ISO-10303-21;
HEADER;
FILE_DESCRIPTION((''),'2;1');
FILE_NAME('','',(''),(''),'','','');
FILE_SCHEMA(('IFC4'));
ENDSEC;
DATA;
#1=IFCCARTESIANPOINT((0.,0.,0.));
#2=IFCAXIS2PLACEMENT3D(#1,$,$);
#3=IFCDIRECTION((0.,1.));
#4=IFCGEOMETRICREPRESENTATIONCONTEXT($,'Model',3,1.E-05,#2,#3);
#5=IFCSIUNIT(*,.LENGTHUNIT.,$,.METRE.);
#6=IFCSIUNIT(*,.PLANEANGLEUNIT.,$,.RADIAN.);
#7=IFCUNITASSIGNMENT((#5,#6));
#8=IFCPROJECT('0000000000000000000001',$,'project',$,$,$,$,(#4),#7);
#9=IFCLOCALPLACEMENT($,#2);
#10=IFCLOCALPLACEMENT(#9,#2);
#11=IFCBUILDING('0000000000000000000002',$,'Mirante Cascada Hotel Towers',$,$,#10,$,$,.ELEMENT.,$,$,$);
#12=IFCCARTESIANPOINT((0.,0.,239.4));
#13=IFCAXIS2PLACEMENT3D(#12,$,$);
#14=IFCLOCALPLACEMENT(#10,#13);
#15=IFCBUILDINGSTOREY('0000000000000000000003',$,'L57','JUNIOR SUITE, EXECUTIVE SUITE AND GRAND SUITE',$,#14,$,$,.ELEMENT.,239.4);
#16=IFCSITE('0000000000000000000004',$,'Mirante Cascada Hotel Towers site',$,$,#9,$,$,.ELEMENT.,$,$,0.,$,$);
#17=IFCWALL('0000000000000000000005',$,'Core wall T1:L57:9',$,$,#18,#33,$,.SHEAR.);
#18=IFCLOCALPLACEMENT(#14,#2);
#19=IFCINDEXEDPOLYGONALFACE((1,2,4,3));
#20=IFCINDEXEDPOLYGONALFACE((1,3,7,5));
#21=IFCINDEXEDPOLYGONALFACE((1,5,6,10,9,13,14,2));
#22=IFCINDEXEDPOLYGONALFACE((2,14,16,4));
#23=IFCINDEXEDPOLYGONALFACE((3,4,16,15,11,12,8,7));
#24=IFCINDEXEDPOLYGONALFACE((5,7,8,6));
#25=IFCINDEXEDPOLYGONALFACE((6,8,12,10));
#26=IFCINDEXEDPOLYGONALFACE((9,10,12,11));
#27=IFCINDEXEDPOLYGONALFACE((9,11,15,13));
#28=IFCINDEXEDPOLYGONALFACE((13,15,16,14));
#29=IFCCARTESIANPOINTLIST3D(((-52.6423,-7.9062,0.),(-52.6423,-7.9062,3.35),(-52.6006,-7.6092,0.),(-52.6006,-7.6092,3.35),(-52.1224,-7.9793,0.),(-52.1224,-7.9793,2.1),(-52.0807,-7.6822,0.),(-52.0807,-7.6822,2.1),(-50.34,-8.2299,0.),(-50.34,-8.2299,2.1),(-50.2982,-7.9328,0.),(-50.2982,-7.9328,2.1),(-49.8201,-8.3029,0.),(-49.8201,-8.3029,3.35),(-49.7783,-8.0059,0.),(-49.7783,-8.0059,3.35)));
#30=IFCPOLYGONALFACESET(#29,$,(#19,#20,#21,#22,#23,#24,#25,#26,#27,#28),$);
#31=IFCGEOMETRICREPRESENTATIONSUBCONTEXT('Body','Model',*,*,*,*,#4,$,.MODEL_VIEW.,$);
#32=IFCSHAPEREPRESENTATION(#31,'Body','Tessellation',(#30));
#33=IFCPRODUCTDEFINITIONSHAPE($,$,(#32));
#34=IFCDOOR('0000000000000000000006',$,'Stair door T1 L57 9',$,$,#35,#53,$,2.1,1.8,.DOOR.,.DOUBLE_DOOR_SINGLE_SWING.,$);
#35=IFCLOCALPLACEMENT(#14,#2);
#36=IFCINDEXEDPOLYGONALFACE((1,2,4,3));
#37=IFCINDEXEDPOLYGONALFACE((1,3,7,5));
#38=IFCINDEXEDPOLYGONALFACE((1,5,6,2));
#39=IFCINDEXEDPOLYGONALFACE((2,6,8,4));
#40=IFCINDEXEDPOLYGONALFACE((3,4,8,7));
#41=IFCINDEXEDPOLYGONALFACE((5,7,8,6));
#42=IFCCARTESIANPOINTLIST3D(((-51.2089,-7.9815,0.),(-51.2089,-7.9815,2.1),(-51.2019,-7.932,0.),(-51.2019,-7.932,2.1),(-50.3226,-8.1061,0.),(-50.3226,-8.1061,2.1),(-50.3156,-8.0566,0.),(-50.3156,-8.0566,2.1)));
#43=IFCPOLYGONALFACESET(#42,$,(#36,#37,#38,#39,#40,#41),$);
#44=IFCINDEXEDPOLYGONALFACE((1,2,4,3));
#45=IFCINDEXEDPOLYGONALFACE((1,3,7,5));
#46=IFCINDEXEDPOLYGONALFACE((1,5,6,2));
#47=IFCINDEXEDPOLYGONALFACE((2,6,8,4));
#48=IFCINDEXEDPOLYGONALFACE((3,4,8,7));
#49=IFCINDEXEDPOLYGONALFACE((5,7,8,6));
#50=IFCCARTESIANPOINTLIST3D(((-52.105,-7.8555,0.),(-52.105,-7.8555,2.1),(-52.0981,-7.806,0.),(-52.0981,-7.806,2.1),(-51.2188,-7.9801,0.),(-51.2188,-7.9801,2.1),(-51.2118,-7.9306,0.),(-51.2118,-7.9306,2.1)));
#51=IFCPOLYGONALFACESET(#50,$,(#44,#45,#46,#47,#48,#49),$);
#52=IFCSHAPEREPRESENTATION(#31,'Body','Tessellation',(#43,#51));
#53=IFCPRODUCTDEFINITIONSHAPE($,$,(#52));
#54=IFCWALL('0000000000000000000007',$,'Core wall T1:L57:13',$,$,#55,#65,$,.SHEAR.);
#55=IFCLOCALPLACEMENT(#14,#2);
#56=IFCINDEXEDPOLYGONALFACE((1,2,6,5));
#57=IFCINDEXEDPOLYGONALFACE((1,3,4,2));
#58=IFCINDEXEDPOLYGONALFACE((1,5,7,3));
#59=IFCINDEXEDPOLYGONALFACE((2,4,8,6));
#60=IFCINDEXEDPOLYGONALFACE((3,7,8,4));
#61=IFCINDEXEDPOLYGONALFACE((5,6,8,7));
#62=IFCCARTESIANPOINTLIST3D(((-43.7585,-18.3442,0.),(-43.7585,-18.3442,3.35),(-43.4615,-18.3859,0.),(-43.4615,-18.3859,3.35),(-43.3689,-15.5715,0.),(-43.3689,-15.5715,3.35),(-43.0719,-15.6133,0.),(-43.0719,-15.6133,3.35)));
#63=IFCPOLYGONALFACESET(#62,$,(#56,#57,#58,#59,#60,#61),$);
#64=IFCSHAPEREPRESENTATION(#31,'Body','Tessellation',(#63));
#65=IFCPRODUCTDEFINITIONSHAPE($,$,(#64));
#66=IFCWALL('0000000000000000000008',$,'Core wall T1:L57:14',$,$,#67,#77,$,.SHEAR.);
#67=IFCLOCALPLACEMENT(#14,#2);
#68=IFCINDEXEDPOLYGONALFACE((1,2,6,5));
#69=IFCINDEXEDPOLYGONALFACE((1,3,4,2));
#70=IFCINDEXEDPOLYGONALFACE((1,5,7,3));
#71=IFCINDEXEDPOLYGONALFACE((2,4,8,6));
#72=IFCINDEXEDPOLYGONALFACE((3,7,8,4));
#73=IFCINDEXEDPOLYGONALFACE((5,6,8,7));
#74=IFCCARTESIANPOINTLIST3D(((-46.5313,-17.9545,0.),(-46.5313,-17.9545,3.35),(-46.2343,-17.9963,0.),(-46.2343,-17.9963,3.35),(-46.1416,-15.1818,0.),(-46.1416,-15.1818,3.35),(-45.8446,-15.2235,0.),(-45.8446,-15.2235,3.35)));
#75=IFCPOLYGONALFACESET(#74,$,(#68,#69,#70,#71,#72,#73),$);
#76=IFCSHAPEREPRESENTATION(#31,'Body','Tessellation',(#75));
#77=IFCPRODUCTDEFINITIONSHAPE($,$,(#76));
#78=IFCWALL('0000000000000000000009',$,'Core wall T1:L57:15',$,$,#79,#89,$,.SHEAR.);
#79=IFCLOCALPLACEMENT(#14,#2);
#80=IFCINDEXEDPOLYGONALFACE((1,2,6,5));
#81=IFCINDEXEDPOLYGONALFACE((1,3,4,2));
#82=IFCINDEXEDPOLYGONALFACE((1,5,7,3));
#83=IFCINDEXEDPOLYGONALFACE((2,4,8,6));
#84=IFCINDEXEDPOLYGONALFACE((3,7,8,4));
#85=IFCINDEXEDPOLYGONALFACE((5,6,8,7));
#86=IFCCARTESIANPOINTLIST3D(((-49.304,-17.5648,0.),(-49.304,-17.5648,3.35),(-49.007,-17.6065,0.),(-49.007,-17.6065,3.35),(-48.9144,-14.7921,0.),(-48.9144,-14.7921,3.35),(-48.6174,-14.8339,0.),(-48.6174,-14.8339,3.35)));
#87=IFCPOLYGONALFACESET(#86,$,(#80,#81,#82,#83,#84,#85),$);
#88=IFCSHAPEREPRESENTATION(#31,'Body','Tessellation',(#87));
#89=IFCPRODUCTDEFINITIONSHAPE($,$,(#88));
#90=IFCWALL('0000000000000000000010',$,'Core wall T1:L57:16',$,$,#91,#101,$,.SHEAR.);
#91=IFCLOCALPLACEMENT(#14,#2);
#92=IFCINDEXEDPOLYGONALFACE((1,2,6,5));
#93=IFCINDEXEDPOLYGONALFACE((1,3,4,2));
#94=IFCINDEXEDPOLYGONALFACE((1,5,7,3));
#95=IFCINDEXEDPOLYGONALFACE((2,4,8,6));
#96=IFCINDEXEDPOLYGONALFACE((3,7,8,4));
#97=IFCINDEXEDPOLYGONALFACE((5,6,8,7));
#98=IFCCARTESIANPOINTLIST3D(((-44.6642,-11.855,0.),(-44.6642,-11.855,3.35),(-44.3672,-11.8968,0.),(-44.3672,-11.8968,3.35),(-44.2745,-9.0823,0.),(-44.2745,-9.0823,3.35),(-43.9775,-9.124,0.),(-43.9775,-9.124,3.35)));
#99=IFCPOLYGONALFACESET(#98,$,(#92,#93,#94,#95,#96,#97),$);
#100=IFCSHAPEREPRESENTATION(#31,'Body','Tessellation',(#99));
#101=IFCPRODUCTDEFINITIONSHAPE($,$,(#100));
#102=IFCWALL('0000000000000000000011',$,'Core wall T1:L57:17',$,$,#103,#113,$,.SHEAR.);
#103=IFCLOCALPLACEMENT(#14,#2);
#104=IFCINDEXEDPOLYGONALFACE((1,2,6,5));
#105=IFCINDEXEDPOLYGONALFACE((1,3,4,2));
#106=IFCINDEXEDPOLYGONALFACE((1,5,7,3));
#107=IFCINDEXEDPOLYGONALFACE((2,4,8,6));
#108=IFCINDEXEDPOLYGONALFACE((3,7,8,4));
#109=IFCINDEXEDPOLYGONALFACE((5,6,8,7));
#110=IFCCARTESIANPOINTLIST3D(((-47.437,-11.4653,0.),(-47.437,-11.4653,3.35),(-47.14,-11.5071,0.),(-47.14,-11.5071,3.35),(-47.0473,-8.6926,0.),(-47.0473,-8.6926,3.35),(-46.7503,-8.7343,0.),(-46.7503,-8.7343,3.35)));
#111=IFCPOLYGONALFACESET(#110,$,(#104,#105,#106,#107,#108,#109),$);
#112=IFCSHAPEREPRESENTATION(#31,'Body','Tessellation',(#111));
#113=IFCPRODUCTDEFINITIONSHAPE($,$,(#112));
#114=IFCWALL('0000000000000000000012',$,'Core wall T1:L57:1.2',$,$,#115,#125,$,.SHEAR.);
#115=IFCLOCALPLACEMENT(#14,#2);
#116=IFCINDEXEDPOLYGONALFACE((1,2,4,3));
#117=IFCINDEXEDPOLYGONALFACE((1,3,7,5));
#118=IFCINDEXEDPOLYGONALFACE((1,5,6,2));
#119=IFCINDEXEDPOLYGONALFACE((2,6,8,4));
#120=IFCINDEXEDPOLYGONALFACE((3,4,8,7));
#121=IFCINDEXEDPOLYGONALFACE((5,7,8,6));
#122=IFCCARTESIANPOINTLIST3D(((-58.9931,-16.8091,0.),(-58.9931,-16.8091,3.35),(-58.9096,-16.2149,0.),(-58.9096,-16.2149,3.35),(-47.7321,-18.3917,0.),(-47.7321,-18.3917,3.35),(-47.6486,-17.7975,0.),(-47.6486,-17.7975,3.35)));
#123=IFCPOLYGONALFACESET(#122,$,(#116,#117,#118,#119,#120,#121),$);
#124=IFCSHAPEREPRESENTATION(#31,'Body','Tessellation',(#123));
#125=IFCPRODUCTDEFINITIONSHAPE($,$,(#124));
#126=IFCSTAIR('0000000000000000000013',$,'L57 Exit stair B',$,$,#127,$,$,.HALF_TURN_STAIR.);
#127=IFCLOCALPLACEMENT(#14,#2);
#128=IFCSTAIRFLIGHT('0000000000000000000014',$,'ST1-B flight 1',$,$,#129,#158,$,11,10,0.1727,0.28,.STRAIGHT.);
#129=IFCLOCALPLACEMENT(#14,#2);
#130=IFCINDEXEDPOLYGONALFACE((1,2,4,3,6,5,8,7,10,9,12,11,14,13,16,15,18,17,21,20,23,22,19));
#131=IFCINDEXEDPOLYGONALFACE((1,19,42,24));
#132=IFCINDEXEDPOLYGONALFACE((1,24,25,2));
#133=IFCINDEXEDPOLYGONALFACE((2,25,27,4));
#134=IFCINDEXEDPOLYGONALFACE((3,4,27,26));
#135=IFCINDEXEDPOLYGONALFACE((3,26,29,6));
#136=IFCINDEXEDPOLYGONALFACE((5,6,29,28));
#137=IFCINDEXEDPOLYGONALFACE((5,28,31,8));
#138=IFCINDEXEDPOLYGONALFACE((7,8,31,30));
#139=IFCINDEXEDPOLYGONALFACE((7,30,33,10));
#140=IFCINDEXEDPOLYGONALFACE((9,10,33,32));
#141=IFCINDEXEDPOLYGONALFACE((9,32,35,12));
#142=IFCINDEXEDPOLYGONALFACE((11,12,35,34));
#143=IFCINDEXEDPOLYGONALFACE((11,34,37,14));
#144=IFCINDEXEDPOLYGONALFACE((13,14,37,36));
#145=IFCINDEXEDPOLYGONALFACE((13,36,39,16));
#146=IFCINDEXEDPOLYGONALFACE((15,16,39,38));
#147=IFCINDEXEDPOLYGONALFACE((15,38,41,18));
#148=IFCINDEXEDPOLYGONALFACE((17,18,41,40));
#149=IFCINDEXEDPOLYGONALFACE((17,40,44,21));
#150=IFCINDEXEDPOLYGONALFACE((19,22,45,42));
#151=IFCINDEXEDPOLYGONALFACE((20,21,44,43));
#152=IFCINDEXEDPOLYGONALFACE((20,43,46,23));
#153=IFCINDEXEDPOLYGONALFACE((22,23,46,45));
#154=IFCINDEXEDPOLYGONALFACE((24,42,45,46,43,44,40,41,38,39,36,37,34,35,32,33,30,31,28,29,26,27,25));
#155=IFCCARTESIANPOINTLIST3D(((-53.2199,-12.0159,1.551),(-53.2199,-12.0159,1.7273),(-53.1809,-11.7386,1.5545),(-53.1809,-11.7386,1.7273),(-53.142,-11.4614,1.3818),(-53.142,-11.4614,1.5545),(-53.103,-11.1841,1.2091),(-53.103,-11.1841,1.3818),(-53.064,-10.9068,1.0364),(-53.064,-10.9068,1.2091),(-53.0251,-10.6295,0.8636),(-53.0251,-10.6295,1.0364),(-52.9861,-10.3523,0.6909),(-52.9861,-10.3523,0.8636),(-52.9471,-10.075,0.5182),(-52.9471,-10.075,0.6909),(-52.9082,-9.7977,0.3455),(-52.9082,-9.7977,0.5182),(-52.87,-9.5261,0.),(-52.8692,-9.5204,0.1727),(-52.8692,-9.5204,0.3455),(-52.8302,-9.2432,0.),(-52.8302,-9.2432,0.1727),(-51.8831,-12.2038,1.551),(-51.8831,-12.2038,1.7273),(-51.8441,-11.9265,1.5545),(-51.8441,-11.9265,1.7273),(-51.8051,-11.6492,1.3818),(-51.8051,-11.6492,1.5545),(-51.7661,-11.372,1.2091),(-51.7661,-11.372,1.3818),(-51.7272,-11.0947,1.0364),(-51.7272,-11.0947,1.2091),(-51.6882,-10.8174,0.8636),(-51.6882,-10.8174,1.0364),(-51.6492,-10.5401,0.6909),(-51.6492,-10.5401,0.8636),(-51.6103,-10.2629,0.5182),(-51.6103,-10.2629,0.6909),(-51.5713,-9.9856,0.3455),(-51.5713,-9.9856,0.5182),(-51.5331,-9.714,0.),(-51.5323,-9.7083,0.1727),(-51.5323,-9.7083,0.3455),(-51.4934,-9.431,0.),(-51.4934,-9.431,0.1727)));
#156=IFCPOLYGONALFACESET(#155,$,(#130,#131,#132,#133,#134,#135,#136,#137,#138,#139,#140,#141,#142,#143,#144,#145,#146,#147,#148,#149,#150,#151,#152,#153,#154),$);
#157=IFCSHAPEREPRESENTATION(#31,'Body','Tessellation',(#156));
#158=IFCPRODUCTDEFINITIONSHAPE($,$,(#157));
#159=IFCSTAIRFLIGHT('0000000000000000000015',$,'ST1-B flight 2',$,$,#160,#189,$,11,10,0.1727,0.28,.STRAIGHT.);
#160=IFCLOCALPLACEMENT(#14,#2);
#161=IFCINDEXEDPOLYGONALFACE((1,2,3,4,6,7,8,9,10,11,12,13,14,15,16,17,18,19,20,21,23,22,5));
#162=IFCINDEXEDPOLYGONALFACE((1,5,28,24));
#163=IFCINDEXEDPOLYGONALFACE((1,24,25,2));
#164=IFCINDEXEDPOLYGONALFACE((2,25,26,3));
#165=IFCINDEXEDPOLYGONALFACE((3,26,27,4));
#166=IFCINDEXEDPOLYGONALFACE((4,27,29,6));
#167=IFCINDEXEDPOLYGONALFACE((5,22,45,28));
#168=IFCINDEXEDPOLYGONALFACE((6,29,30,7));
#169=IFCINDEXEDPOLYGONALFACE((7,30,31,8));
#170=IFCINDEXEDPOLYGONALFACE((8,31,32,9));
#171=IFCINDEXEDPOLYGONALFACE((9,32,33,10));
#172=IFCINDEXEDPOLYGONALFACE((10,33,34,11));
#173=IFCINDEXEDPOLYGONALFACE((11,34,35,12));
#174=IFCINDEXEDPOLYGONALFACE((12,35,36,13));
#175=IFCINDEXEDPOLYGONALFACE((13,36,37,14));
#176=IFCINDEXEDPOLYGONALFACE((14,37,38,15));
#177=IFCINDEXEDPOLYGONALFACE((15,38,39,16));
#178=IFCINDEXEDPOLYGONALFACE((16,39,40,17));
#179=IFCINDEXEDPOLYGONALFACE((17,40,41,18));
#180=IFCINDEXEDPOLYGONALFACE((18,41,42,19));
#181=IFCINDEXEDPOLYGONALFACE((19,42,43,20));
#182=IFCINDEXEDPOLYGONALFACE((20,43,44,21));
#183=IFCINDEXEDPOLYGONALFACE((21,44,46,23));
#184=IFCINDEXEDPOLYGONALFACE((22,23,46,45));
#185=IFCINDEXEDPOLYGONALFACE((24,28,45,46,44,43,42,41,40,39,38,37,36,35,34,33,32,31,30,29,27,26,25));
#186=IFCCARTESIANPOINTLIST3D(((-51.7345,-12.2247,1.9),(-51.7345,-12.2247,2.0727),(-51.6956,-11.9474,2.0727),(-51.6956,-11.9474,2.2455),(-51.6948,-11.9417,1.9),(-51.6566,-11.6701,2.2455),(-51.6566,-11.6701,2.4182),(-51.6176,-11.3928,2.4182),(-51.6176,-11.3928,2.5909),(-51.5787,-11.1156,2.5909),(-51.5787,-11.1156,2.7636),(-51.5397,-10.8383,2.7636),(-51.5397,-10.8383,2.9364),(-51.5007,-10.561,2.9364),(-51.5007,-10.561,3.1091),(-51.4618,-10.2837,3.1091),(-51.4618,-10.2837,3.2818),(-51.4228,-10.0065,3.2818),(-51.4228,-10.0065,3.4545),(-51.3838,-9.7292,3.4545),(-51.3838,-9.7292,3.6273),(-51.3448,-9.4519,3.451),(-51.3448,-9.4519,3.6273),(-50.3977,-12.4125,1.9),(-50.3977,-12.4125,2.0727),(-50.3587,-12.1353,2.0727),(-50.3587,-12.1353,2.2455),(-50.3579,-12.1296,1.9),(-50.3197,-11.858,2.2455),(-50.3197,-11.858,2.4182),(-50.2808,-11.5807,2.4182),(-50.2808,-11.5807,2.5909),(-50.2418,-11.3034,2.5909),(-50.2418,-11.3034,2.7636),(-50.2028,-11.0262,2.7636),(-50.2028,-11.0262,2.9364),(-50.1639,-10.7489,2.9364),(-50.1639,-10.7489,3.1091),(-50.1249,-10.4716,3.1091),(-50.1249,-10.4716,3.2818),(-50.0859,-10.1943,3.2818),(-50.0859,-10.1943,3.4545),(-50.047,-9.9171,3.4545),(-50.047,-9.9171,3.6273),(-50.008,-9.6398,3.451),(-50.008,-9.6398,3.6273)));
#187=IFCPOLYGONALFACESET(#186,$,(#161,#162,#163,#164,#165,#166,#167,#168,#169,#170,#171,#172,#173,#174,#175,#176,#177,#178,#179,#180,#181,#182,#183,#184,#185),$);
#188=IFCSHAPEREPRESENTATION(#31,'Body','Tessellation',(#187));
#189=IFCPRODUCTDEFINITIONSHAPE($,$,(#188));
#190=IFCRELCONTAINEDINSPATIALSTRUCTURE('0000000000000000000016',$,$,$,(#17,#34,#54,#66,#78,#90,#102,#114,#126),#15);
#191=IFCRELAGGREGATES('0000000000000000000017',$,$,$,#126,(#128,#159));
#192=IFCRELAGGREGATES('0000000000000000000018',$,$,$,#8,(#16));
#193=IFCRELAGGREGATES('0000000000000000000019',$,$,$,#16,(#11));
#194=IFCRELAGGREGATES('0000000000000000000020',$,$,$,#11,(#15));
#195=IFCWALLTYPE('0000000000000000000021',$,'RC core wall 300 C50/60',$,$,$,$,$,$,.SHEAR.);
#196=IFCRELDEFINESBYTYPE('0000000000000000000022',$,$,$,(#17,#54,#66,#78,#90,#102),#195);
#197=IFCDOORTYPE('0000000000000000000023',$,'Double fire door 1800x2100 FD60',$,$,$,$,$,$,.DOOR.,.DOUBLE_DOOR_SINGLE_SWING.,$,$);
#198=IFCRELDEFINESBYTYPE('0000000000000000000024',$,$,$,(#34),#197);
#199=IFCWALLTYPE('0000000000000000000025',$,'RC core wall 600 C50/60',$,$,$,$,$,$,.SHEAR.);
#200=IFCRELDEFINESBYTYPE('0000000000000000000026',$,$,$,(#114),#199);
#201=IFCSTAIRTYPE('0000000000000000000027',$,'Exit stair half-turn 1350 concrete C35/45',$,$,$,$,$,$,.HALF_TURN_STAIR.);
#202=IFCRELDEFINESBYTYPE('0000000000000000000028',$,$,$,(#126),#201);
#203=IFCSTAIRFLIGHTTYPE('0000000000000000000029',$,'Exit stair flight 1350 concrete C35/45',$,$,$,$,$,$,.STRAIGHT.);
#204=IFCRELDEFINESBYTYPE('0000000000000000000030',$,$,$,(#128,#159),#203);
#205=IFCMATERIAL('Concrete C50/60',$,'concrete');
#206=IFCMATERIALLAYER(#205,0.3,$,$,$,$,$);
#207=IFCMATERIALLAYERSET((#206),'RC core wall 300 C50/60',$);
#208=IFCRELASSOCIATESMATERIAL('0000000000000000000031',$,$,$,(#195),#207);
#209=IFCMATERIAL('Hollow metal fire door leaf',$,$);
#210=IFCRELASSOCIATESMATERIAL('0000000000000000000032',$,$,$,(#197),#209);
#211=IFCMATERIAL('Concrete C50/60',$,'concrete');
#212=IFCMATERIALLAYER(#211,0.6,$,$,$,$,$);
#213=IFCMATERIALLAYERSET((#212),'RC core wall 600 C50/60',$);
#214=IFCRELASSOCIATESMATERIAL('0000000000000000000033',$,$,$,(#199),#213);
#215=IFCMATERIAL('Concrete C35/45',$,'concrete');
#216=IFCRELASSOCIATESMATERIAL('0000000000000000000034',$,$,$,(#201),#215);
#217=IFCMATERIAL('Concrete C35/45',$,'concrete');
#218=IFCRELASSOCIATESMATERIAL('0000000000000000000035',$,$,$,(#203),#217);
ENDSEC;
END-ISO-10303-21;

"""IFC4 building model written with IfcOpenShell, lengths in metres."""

from ifc_helpers import new_model, si_unit, direction, frame, frame_2d, origin, place, context, subcontext, project, spatial, polyline, rectangle, outline, extrude, material, layer, layer_set, type_object, element, fill, aggregate, save


model = new_model("IFC4")

# Units and contexts
model_context = context("Model", 3, precision=1e-05, world=origin(), true_north=direction((0.0, 1.0)))
body_context = subcontext(model_context, "Body", "Model", "MODEL_VIEW")
ifc_project = project(units=[si_unit("LENGTHUNIT", "METRE"), si_unit("PLANEANGLEUNIT", "RADIAN")], contexts=[model_context])

# Site, building, storey
site_placement = place(None, origin())
site = spatial("IfcSite", under=ifc_project, at=site_placement, Name="Mirante Cascada Hotel Towers site", CompositionType="ELEMENT", RefElevation=0.0)
building_placement = place(site_placement, origin())
building = spatial("IfcBuilding", under=site, at=building_placement, Name="Mirante Cascada Hotel Towers", CompositionType="ELEMENT")
storey_placement = place(building_placement, frame((0.0, 0.0, 239.4)))
storey = spatial("IfcBuildingStorey", under=building, at=storey_placement, Name="L57", Description="JUNIOR SUITE, EXECUTIVE SUITE AND GRAND SUITE", CompositionType="ELEMENT", Elevation=239.4)

# Shared definitions
ifc_material_1 = material(Name="Concrete C50/60", Category="concrete")
ifc_layer_1 = layer(ifc_material_1, 0.3)
ifc_layer_set_1 = layer_set([ifc_layer_1], Name="RC core wall 300 C50/60")
wall_type_1 = type_object("IfcWallType", Name="RC core wall 300 C50/60", PredefinedType="SHEAR", material=ifc_layer_set_1)

# Wall, opening, door
wall_1_placement = place(storey_placement, frame((-49.7992, -8.1544, 0.0), z_axis=(0.0, 0.0, 1.0), x_axis=(-0.990266, 0.139191, 0.0)))
wall_1 = element("IfcWall", 1, at=wall_1_placement, inside=storey, type_object=wall_type_1, Name="Core wall T1:L57:9", PredefinedType="SHEAR", context=body_context, shape_type="SweptSolid", body=[
    extrude(rectangle(XDim=2.85, YDim=0.3, at=frame_2d((1.425, 0.0))), origin(), (0.0, 0.0, 1.0), 3.35),
])
opening_1_placement = place(wall_1_placement, frame((0.525, 0.0, 0.0)))
opening_1 = element("IfcOpeningElement", 2, at=opening_1_placement, cuts=wall_1, PredefinedType="OPENING", context=body_context, shape_type="SweptSolid", body=[
    extrude(rectangle(XDim=1.8, YDim=2.1, at=frame_2d((0.9, 1.05))), frame((0.0, 0.15, 0.0), z_axis=(0.0, -1.0, 0.0), x_axis=(1.0, 0.0, 0.0)), (0.0, 0.0, 1.0), 0.3),
])
ifc_material_2 = material(Name="Hollow metal fire door leaf")
door_type_1 = type_object("IfcDoorType", Name="Double fire door 1800x2100 FD60", OperationType="DOUBLE_DOOR_SINGLE_SWING", PredefinedType="DOOR", material=ifc_material_2)
door_1_placement = place(opening_1_placement, origin())
door_1 = element("IfcDoor", 3, at=door_1_placement, inside=storey, type_object=door_type_1, Name="Stair door T1 L57 9", OperationType="DOUBLE_DOOR_SINGLE_SWING", OverallHeight=2.1, OverallWidth=1.8, PredefinedType="DOOR", context=body_context, shape_type="SweptSolid", body=[
    extrude(rectangle(XDim=0.895, YDim=2.1, at=frame_2d((0.4475, 1.05))), frame((0.0, 0.025, 0.0), z_axis=(0.0, -1.0, 0.0), x_axis=(1.0, 0.0, 0.0)), (0.0, 0.0, 1.0), 0.05),
    extrude(rectangle(XDim=0.895, YDim=2.1, at=frame_2d((1.3525, 1.05))), frame((0.0, 0.025, 0.0), z_axis=(0.0, -1.0, 0.0), x_axis=(1.0, 0.0, 0.0)), (0.0, 0.0, 1.0), 0.05),
])
fill(opening_1, door_1)

# Walls
wall_2_placement = place(storey_placement, frame((-43.61, -18.3651, 0.0), z_axis=(0.0, 0.0, 1.0), x_axis=(0.139146, 0.990272, 0.0)))
element("IfcWall", 4, at=wall_2_placement, inside=storey, type_object=wall_type_1, Name="Core wall T1:L57:13", PredefinedType="SHEAR", context=body_context, shape_type="SweptSolid", body=[
    extrude(rectangle(XDim=2.7999, YDim=0.3, at=frame_2d((1.4, 0.0))), origin(), (0.0, 0.0, 1.0), 3.35),
])
wall_3_placement = place(storey_placement, frame((-46.3828, -17.9754, 0.0), z_axis=(0.0, 0.0, 1.0), x_axis=(0.139181, 0.990267, 0.0)))
element("IfcWall", 5, at=wall_3_placement, inside=storey, type_object=wall_type_1, Name="Core wall T1:L57:14", PredefinedType="SHEAR", context=body_context, shape_type="SweptSolid", body=[
    extrude(rectangle(XDim=2.8, YDim=0.3, at=frame_2d((1.4, 0.0))), origin(), (0.0, 0.0, 1.0), 3.35),
])
wall_4_placement = place(storey_placement, frame((-49.1555, -17.5857, 0.0), z_axis=(0.0, 0.0, 1.0), x_axis=(0.139146, 0.990272, 0.0)))
element("IfcWall", 6, at=wall_4_placement, inside=storey, type_object=wall_type_1, Name="Core wall T1:L57:15", PredefinedType="SHEAR", context=body_context, shape_type="SweptSolid", body=[
    extrude(rectangle(XDim=2.7999, YDim=0.3, at=frame_2d((1.4, 0.0))), origin(), (0.0, 0.0, 1.0), 3.35),
])
for number, where, z_axis, x_axis, name in (
    (7, (-44.5157, -11.8759, 0.0), (0.0, 0.0, 1.0), (0.139181, 0.990267, 0.0), "Core wall T1:L57:16"),
    (8, (-47.2885, -11.4862, 0.0), (0.0, 0.0, 1.0), (0.139181, 0.990267, 0.0), "Core wall T1:L57:17"),
):
    element("IfcWall", number, at=place(storey_placement, frame(where, z_axis=z_axis, x_axis=x_axis)), inside=storey, type_object=wall_type_1, Name=name, PredefinedType="SHEAR", context=body_context, shape_type="SweptSolid", body=[
        extrude(rectangle(XDim=2.8, YDim=0.3, at=frame_2d((1.4, 0.0))), origin(), (0.0, 0.0, 1.0), 3.35),
    ])
ifc_material_3 = material(Name="Concrete C50/60", Category="concrete")
ifc_layer_2 = layer(ifc_material_3, 0.6)
ifc_layer_set_2 = layer_set([ifc_layer_2], Name="RC core wall 600 C50/60")
wall_type_2 = type_object("IfcWallType", Name="RC core wall 600 C50/60", PredefinedType="SHEAR", material=ifc_layer_set_2)
wall_5_placement = place(storey_placement, frame((-47.6904, -18.0946, 0.0), z_axis=(0.0, 0.0, 1.0), x_axis=(-0.990268, 0.139171, 0.0)))
element("IfcWall", 9, at=wall_5_placement, inside=storey, type_object=wall_type_2, Name="Core wall T1:L57:1.2", PredefinedType="SHEAR", context=body_context, shape_type="SweptSolid", body=[
    extrude(rectangle(XDim=11.3717, YDim=0.6, at=frame_2d((5.6858, 0.0))), origin(), (0.0, 0.0, 1.0), 3.35),
])

# Stair, stair flights
ifc_material_4 = material(Name="Concrete C35/45", Category="concrete")
stair_type = type_object("IfcStairType", Name="Exit stair half-turn 1350 concrete C35/45", PredefinedType="HALF_TURN_STAIR", material=ifc_material_4)
stair_placement = place(storey_placement, origin())
stair = element("IfcStair", 10, at=stair_placement, inside=storey, type_object=stair_type, Name="L57 Exit stair B", PredefinedType="HALF_TURN_STAIR")
ifc_material_5 = material(Name="Concrete C35/45", Category="concrete")
stair_flight_type = type_object("IfcStairFlightType", Name="Exit stair flight 1350 concrete C35/45", PredefinedType="STRAIGHT", material=ifc_material_5)
stair_flight_1_placement = place(storey_placement, frame((-52.1618, -9.3371, 0.0), z_axis=(0.0, 0.0, 1.0), x_axis=(-0.139173, -0.990268, 0.0)))
stair_flight_1 = element("IfcStairFlight", 11, at=stair_flight_1_placement, type_object=stair_flight_type, Name="ST1-B flight 1", NumberOfRisers=11, NumberOfTreads=10, PredefinedType="STRAIGHT", RiserHeight=0.1727, TreadLength=0.28, context=body_context, shape_type="SweptSolid", body=[
    extrude(outline(polyline([(0.0, 0.0), (0.0, 0.1727), (0.28, 0.1727), (0.28, 0.3455), (0.56, 0.3455), (0.56, 0.5182), (0.84, 0.5182), (0.84, 0.6909), (1.12, 0.6909), (1.12, 0.8636), (1.4, 0.8636), (1.4, 1.0364), (1.68, 1.0364), (1.68, 1.2091), (1.96, 1.2091), (1.96, 1.3818), (2.24, 1.3818), (2.24, 1.5545), (2.52, 1.5545), (2.52, 1.7273), (2.8, 1.7273), (2.8, 1.9), (2.8, 1.551), (0.2857, 0.0), (0.0, 0.0)])), frame((0.0, 0.675, 0.0), z_axis=(0.0, -1.0, 0.0), x_axis=(1.0, 0.0, 0.0)), (0.0, 0.0, 1.0), 1.35),
])
stair_flight_2_placement = place(storey_placement, frame((-51.0661, -12.3186, 1.9), z_axis=(0.0, 0.0, 1.0), x_axis=(0.139173, 0.990268, 0.0)))
stair_flight_2 = element("IfcStairFlight", 12, at=stair_flight_2_placement, type_object=stair_flight_type, Name="ST1-B flight 2", NumberOfRisers=11, NumberOfTreads=10, PredefinedType="STRAIGHT", RiserHeight=0.1727, TreadLength=0.28, context=body_context, shape_type="SweptSolid", body=[
    extrude(outline(polyline([(0.0, 0.0), (0.0, 0.1727), (0.28, 0.1727), (0.28, 0.3455), (0.56, 0.3455), (0.56, 0.5182), (0.84, 0.5182), (0.84, 0.6909), (1.12, 0.6909), (1.12, 0.8636), (1.4, 0.8636), (1.4, 1.0364), (1.68, 1.0364), (1.68, 1.2091), (1.96, 1.2091), (1.96, 1.3818), (2.24, 1.3818), (2.24, 1.5545), (2.52, 1.5545), (2.52, 1.7273), (2.8, 1.7273), (2.8, 1.9), (2.8, 1.551), (0.2857, 0.0), (0.0, 0.0)])), frame((0.0, 0.675, 0.0), z_axis=(0.0, -1.0, 0.0), x_axis=(1.0, 0.0, 0.0)), (0.0, 0.0, 1.0), 1.35),
])
aggregate(stair, [stair_flight_1, stair_flight_2])

save(model, "model.ifc")
